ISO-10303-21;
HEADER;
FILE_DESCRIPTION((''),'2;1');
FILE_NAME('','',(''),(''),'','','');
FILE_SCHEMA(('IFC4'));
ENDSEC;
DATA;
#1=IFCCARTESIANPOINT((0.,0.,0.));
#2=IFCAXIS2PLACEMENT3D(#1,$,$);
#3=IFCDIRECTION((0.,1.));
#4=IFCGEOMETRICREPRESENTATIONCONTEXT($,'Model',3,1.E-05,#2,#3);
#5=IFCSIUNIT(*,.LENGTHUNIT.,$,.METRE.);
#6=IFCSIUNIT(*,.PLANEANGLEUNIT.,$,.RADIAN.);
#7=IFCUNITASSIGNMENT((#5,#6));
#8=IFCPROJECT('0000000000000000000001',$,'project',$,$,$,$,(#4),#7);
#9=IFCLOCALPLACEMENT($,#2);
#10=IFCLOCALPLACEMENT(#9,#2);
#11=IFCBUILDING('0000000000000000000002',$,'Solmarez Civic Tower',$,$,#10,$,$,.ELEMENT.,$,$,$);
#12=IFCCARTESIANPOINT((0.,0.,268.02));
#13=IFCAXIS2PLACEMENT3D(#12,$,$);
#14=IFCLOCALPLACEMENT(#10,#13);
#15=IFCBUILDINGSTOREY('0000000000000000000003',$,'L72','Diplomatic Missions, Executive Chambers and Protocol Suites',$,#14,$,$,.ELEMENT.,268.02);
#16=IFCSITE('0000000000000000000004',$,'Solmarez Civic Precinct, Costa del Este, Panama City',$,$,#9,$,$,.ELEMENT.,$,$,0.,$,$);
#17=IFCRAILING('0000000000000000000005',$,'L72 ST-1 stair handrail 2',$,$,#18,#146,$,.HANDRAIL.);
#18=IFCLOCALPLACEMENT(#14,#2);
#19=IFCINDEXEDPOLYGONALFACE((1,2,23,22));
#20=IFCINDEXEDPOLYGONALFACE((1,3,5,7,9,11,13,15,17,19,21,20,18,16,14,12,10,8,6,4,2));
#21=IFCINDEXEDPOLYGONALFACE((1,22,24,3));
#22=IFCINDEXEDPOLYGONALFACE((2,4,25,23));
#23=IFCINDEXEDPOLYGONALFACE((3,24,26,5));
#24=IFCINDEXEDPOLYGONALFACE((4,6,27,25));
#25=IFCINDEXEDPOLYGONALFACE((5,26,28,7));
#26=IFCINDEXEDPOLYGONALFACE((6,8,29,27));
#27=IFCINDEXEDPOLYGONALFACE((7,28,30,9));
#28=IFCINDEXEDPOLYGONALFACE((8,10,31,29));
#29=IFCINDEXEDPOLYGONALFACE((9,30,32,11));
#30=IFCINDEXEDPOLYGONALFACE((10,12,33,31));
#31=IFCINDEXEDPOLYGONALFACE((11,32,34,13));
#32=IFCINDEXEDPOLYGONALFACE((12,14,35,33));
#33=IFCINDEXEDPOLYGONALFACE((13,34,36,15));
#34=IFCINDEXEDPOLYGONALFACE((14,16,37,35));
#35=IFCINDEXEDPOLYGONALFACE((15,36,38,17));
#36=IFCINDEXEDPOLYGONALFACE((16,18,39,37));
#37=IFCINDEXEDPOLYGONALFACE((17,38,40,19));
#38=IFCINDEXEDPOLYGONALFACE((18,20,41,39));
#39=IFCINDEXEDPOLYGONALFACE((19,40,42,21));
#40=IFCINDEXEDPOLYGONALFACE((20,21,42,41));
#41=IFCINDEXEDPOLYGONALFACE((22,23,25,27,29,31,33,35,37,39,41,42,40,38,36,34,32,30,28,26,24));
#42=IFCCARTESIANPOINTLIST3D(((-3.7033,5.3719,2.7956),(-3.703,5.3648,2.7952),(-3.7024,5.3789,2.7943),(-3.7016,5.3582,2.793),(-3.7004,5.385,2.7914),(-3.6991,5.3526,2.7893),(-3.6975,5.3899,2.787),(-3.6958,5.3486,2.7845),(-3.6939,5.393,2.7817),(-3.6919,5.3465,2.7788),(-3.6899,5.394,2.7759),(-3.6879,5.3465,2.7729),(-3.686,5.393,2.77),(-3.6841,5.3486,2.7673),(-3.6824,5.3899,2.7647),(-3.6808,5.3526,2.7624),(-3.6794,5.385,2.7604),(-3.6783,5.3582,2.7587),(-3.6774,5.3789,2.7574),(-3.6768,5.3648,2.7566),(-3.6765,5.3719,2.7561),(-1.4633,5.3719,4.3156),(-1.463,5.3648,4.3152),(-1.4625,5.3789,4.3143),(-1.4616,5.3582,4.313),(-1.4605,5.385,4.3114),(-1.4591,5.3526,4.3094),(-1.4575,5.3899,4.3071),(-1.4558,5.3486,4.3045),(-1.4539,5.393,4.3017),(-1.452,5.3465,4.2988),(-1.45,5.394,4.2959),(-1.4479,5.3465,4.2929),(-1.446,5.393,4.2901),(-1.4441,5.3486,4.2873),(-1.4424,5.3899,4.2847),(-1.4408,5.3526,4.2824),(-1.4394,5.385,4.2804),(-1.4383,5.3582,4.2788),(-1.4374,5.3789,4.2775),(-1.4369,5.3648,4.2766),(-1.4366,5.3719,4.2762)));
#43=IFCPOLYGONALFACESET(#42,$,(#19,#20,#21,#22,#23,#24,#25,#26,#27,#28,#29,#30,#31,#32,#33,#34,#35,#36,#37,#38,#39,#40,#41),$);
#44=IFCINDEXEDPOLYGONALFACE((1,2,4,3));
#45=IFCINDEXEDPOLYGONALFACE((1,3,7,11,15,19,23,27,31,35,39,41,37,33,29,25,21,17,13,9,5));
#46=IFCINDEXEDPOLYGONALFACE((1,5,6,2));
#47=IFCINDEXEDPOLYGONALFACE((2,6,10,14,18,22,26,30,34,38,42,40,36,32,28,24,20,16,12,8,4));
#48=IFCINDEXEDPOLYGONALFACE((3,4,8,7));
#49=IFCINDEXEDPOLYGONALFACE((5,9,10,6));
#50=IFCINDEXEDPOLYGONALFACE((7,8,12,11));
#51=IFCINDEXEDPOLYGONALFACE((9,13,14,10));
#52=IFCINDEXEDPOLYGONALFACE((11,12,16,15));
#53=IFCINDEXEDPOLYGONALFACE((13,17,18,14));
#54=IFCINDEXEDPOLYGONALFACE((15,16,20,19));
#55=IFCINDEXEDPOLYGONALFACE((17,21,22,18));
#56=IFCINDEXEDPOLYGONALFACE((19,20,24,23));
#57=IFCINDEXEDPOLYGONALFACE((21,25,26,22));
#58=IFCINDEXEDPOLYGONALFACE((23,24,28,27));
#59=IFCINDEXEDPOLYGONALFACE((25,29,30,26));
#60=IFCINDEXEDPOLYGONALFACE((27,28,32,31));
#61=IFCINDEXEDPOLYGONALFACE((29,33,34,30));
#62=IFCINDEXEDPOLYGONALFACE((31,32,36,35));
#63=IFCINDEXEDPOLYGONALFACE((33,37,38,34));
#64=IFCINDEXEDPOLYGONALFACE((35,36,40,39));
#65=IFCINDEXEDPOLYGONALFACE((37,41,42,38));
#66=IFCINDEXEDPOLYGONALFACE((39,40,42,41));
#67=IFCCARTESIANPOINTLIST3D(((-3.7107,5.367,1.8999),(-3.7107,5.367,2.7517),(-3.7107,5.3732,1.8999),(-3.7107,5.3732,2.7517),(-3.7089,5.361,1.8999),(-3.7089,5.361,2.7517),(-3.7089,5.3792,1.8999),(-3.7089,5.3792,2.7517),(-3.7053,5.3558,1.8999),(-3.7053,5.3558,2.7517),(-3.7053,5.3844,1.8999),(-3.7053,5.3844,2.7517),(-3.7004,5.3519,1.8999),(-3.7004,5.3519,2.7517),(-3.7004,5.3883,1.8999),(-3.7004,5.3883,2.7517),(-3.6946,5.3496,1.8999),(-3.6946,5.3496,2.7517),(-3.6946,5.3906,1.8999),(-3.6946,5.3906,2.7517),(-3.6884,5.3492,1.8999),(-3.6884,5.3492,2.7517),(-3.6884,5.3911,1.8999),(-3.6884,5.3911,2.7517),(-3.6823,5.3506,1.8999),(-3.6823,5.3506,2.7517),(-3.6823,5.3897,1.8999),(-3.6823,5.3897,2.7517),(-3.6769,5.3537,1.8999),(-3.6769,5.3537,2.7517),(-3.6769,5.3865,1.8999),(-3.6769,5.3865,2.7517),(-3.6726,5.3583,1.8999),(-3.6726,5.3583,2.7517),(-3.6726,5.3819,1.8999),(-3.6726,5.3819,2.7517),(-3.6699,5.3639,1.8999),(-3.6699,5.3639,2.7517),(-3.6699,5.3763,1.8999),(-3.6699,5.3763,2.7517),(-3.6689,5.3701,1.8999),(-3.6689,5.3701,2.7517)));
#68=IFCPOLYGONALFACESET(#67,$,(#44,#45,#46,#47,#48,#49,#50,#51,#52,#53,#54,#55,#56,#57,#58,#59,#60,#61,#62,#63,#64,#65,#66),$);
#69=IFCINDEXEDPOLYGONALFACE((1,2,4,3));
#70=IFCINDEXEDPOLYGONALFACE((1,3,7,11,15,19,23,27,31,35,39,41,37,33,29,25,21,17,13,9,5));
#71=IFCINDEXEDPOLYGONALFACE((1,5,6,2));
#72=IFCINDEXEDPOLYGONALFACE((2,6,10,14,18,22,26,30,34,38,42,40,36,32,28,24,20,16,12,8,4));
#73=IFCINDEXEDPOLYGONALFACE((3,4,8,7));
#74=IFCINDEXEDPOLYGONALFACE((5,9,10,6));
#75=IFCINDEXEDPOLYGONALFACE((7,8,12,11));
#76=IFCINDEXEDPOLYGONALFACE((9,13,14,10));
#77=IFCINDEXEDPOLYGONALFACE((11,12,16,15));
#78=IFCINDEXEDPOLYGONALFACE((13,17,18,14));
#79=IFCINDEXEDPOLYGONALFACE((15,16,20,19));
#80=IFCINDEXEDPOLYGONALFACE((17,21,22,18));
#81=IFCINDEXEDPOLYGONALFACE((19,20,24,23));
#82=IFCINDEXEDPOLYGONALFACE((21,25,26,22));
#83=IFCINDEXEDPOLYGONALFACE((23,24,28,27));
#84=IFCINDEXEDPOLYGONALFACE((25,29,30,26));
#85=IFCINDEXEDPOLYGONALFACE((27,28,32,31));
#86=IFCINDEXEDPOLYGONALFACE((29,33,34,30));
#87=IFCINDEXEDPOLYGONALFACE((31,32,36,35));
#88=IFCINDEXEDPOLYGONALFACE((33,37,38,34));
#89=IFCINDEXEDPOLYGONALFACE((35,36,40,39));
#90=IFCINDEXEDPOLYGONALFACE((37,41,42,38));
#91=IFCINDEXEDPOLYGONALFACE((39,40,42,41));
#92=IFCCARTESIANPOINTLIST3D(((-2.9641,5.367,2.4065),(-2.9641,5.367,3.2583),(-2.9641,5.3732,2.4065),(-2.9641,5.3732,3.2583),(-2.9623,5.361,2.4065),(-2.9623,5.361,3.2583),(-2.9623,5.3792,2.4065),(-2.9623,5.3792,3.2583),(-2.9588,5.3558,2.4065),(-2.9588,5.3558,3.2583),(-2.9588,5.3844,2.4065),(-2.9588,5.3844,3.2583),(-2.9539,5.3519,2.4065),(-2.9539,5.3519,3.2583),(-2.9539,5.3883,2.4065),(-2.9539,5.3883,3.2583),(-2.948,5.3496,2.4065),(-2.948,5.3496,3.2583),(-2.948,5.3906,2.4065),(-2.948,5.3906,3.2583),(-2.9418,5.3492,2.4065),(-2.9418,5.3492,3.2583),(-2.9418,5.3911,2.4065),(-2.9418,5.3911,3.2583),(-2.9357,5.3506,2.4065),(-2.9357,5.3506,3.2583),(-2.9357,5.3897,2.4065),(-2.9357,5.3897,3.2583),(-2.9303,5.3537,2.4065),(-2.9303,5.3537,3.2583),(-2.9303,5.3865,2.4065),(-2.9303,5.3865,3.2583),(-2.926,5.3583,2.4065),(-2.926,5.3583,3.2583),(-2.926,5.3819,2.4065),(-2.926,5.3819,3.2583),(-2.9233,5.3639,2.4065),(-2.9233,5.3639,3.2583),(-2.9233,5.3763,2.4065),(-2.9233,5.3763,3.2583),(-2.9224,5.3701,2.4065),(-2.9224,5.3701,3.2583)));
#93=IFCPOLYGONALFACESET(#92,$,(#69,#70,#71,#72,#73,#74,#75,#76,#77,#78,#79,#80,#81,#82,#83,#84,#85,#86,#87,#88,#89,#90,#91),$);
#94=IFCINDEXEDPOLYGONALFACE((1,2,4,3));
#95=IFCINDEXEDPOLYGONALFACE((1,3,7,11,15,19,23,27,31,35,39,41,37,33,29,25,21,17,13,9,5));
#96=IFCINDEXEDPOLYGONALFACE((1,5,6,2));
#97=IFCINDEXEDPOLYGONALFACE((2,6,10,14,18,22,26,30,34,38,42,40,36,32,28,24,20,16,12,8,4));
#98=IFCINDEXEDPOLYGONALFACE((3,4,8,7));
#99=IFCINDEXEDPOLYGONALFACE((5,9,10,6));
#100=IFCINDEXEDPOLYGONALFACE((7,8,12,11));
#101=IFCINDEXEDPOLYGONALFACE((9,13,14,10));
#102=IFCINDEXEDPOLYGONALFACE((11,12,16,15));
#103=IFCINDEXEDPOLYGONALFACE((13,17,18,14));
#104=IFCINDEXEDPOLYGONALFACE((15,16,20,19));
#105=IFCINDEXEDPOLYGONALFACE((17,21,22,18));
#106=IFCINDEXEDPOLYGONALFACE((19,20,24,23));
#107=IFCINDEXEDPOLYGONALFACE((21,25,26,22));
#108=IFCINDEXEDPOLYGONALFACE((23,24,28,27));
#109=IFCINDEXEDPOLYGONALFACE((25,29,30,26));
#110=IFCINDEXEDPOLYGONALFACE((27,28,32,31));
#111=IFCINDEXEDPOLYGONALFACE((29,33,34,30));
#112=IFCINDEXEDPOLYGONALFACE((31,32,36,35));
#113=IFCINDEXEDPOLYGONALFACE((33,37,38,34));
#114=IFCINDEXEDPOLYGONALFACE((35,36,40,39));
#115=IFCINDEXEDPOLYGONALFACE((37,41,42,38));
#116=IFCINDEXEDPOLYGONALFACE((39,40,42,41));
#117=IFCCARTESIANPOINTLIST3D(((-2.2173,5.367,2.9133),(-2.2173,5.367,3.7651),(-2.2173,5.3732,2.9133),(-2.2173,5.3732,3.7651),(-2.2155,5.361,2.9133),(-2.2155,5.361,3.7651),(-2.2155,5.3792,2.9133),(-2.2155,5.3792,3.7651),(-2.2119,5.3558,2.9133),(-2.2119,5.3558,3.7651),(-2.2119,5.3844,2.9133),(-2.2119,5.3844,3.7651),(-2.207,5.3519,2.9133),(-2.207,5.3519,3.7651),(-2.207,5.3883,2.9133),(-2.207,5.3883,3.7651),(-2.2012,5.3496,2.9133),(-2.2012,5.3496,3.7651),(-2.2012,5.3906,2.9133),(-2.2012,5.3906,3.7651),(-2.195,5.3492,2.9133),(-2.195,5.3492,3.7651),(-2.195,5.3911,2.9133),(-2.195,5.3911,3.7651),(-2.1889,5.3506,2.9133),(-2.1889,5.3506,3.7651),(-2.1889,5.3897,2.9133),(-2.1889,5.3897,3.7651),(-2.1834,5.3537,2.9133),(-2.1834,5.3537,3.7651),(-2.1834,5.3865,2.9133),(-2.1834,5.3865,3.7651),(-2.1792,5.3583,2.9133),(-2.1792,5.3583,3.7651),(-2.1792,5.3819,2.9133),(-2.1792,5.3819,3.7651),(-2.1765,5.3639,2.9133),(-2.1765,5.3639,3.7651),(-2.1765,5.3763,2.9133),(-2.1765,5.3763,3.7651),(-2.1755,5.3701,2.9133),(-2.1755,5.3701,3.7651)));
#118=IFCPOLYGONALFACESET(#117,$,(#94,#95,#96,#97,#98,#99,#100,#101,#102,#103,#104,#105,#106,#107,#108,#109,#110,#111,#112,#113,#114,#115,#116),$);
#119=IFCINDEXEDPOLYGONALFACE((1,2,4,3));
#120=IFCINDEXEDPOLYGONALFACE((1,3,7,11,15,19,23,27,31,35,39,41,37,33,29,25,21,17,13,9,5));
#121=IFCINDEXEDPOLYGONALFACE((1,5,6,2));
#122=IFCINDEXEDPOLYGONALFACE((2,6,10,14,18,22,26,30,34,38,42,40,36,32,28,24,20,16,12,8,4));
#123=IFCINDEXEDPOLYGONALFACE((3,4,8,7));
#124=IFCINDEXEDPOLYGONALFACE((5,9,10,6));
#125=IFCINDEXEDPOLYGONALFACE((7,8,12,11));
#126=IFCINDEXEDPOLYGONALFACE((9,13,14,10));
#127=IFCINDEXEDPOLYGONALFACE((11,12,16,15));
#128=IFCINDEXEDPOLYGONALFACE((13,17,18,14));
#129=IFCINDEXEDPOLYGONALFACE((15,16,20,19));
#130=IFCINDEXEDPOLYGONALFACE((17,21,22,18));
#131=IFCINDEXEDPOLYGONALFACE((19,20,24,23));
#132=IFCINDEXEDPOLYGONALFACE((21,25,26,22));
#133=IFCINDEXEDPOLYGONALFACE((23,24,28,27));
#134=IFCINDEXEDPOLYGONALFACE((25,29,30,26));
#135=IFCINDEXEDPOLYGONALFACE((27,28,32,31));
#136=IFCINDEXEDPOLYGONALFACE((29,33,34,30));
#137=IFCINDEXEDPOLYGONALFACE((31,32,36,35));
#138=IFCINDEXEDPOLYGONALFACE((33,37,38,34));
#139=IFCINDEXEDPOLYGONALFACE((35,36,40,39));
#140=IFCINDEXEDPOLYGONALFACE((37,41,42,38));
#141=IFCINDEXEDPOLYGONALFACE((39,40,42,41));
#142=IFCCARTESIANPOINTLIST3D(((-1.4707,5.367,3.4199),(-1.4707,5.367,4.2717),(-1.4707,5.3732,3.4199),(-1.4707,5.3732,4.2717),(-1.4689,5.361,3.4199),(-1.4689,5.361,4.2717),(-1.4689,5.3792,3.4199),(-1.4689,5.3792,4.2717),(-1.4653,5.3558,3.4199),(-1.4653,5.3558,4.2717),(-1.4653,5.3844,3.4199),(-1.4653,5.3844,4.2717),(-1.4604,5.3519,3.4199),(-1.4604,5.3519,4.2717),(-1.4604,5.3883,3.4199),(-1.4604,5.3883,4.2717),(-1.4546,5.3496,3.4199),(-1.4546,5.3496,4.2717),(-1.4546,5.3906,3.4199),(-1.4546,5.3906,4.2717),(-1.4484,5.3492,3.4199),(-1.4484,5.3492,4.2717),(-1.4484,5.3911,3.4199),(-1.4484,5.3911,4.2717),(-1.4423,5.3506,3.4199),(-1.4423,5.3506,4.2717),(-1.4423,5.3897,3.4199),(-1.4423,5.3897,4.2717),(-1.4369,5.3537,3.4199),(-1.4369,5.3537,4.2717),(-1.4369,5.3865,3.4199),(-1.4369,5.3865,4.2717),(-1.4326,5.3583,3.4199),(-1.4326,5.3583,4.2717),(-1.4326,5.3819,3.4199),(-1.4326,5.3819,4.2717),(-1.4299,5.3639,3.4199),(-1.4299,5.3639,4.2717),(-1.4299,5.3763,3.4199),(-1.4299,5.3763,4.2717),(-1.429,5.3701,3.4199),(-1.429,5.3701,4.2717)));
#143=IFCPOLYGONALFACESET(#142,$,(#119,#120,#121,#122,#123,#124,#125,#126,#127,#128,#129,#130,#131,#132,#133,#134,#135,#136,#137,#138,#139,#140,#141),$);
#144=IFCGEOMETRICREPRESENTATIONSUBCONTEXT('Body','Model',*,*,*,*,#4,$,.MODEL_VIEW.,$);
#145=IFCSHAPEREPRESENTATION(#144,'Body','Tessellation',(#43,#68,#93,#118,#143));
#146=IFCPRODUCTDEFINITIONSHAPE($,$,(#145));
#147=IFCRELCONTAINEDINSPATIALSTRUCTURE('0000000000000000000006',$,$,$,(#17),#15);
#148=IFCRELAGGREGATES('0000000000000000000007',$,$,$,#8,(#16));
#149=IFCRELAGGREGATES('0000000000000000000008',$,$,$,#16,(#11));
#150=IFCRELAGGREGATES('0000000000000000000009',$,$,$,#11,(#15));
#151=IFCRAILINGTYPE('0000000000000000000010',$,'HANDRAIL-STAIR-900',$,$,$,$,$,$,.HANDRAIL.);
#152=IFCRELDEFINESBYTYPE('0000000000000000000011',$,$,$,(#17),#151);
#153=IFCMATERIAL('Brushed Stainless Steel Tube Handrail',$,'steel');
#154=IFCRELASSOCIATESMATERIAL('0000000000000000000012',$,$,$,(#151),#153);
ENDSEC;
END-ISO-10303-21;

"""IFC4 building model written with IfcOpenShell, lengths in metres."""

from ifc_helpers import new_model, si_unit, direction, frame, origin, origin_2d, place, context, subcontext, project, spatial, circle, extrude, material, type_object, element, save


model = new_model("IFC4")

# Units and contexts
model_context = context("Model", 3, precision=1e-05, world=origin(), true_north=direction((0.0, 1.0)))
body_context = subcontext(model_context, "Body", "Model", "MODEL_VIEW")
ifc_project = project(units=[si_unit("LENGTHUNIT", "METRE"), si_unit("PLANEANGLEUNIT", "RADIAN")], contexts=[model_context])

# Site, building, storey
site_placement = place(None, origin())
site = spatial("IfcSite", under=ifc_project, at=site_placement, Name="Solmarez Civic Precinct, Costa del Este, Panama City", CompositionType="ELEMENT", RefElevation=0.0)
building_placement = place(site_placement, origin())
building = spatial("IfcBuilding", under=site, at=building_placement, Name="Solmarez Civic Tower", CompositionType="ELEMENT")
storey_placement = place(building_placement, frame((0.0, 0.0, 268.02)))
storey = spatial("IfcBuildingStorey", under=building, at=storey_placement, Name="L72", Description="Diplomatic Missions, Executive Chambers and Protocol Suites", CompositionType="ELEMENT", Elevation=268.02)

# Railing
ifc_material_1 = material(Name="Brushed Stainless Steel Tube Handrail", Category="steel")
railing_type_1 = type_object("IfcRailingType", Name="HANDRAIL-STAIR-900", PredefinedType="HANDRAIL", material=ifc_material_1)
railing_1_placement = place(storey_placement, frame((-3.6899, 5.3701, 1.8999)))
element("IfcRailing", 1, at=railing_1_placement, inside=storey, type_object=railing_type_1, Name="L72 ST-1 stair handrail 2", PredefinedType="HANDRAIL", context=body_context, shape_type="SweptSolid", body=[
    extrude(circle(Radius=0.0239, at=origin_2d()), frame((0.0, 0.0, 0.876), z_axis=(0.827471, 0.0, 0.561508), x_axis=(0.0, 1.0, 0.0)), (0.0, 0.0, 1.0), 2.707),
    extrude(circle(Radius=0.021, at=origin_2d()), origin(), (0.0, 0.0, 1.0), 0.8518),
    extrude(circle(Radius=0.021, at=origin_2d()), frame((0.7466, 0.0, 0.5066)), (0.0, 0.0, 1.0), 0.8518),
    extrude(circle(Radius=0.021, at=origin_2d()), frame((1.4934, 0.0, 1.0134)), (0.0, 0.0, 1.0), 0.8518),
    extrude(circle(Radius=0.021, at=origin_2d()), frame((2.24, 0.0, 1.52)), (0.0, 0.0, 1.0), 0.8518),
])

save(model, "model.ifc")
